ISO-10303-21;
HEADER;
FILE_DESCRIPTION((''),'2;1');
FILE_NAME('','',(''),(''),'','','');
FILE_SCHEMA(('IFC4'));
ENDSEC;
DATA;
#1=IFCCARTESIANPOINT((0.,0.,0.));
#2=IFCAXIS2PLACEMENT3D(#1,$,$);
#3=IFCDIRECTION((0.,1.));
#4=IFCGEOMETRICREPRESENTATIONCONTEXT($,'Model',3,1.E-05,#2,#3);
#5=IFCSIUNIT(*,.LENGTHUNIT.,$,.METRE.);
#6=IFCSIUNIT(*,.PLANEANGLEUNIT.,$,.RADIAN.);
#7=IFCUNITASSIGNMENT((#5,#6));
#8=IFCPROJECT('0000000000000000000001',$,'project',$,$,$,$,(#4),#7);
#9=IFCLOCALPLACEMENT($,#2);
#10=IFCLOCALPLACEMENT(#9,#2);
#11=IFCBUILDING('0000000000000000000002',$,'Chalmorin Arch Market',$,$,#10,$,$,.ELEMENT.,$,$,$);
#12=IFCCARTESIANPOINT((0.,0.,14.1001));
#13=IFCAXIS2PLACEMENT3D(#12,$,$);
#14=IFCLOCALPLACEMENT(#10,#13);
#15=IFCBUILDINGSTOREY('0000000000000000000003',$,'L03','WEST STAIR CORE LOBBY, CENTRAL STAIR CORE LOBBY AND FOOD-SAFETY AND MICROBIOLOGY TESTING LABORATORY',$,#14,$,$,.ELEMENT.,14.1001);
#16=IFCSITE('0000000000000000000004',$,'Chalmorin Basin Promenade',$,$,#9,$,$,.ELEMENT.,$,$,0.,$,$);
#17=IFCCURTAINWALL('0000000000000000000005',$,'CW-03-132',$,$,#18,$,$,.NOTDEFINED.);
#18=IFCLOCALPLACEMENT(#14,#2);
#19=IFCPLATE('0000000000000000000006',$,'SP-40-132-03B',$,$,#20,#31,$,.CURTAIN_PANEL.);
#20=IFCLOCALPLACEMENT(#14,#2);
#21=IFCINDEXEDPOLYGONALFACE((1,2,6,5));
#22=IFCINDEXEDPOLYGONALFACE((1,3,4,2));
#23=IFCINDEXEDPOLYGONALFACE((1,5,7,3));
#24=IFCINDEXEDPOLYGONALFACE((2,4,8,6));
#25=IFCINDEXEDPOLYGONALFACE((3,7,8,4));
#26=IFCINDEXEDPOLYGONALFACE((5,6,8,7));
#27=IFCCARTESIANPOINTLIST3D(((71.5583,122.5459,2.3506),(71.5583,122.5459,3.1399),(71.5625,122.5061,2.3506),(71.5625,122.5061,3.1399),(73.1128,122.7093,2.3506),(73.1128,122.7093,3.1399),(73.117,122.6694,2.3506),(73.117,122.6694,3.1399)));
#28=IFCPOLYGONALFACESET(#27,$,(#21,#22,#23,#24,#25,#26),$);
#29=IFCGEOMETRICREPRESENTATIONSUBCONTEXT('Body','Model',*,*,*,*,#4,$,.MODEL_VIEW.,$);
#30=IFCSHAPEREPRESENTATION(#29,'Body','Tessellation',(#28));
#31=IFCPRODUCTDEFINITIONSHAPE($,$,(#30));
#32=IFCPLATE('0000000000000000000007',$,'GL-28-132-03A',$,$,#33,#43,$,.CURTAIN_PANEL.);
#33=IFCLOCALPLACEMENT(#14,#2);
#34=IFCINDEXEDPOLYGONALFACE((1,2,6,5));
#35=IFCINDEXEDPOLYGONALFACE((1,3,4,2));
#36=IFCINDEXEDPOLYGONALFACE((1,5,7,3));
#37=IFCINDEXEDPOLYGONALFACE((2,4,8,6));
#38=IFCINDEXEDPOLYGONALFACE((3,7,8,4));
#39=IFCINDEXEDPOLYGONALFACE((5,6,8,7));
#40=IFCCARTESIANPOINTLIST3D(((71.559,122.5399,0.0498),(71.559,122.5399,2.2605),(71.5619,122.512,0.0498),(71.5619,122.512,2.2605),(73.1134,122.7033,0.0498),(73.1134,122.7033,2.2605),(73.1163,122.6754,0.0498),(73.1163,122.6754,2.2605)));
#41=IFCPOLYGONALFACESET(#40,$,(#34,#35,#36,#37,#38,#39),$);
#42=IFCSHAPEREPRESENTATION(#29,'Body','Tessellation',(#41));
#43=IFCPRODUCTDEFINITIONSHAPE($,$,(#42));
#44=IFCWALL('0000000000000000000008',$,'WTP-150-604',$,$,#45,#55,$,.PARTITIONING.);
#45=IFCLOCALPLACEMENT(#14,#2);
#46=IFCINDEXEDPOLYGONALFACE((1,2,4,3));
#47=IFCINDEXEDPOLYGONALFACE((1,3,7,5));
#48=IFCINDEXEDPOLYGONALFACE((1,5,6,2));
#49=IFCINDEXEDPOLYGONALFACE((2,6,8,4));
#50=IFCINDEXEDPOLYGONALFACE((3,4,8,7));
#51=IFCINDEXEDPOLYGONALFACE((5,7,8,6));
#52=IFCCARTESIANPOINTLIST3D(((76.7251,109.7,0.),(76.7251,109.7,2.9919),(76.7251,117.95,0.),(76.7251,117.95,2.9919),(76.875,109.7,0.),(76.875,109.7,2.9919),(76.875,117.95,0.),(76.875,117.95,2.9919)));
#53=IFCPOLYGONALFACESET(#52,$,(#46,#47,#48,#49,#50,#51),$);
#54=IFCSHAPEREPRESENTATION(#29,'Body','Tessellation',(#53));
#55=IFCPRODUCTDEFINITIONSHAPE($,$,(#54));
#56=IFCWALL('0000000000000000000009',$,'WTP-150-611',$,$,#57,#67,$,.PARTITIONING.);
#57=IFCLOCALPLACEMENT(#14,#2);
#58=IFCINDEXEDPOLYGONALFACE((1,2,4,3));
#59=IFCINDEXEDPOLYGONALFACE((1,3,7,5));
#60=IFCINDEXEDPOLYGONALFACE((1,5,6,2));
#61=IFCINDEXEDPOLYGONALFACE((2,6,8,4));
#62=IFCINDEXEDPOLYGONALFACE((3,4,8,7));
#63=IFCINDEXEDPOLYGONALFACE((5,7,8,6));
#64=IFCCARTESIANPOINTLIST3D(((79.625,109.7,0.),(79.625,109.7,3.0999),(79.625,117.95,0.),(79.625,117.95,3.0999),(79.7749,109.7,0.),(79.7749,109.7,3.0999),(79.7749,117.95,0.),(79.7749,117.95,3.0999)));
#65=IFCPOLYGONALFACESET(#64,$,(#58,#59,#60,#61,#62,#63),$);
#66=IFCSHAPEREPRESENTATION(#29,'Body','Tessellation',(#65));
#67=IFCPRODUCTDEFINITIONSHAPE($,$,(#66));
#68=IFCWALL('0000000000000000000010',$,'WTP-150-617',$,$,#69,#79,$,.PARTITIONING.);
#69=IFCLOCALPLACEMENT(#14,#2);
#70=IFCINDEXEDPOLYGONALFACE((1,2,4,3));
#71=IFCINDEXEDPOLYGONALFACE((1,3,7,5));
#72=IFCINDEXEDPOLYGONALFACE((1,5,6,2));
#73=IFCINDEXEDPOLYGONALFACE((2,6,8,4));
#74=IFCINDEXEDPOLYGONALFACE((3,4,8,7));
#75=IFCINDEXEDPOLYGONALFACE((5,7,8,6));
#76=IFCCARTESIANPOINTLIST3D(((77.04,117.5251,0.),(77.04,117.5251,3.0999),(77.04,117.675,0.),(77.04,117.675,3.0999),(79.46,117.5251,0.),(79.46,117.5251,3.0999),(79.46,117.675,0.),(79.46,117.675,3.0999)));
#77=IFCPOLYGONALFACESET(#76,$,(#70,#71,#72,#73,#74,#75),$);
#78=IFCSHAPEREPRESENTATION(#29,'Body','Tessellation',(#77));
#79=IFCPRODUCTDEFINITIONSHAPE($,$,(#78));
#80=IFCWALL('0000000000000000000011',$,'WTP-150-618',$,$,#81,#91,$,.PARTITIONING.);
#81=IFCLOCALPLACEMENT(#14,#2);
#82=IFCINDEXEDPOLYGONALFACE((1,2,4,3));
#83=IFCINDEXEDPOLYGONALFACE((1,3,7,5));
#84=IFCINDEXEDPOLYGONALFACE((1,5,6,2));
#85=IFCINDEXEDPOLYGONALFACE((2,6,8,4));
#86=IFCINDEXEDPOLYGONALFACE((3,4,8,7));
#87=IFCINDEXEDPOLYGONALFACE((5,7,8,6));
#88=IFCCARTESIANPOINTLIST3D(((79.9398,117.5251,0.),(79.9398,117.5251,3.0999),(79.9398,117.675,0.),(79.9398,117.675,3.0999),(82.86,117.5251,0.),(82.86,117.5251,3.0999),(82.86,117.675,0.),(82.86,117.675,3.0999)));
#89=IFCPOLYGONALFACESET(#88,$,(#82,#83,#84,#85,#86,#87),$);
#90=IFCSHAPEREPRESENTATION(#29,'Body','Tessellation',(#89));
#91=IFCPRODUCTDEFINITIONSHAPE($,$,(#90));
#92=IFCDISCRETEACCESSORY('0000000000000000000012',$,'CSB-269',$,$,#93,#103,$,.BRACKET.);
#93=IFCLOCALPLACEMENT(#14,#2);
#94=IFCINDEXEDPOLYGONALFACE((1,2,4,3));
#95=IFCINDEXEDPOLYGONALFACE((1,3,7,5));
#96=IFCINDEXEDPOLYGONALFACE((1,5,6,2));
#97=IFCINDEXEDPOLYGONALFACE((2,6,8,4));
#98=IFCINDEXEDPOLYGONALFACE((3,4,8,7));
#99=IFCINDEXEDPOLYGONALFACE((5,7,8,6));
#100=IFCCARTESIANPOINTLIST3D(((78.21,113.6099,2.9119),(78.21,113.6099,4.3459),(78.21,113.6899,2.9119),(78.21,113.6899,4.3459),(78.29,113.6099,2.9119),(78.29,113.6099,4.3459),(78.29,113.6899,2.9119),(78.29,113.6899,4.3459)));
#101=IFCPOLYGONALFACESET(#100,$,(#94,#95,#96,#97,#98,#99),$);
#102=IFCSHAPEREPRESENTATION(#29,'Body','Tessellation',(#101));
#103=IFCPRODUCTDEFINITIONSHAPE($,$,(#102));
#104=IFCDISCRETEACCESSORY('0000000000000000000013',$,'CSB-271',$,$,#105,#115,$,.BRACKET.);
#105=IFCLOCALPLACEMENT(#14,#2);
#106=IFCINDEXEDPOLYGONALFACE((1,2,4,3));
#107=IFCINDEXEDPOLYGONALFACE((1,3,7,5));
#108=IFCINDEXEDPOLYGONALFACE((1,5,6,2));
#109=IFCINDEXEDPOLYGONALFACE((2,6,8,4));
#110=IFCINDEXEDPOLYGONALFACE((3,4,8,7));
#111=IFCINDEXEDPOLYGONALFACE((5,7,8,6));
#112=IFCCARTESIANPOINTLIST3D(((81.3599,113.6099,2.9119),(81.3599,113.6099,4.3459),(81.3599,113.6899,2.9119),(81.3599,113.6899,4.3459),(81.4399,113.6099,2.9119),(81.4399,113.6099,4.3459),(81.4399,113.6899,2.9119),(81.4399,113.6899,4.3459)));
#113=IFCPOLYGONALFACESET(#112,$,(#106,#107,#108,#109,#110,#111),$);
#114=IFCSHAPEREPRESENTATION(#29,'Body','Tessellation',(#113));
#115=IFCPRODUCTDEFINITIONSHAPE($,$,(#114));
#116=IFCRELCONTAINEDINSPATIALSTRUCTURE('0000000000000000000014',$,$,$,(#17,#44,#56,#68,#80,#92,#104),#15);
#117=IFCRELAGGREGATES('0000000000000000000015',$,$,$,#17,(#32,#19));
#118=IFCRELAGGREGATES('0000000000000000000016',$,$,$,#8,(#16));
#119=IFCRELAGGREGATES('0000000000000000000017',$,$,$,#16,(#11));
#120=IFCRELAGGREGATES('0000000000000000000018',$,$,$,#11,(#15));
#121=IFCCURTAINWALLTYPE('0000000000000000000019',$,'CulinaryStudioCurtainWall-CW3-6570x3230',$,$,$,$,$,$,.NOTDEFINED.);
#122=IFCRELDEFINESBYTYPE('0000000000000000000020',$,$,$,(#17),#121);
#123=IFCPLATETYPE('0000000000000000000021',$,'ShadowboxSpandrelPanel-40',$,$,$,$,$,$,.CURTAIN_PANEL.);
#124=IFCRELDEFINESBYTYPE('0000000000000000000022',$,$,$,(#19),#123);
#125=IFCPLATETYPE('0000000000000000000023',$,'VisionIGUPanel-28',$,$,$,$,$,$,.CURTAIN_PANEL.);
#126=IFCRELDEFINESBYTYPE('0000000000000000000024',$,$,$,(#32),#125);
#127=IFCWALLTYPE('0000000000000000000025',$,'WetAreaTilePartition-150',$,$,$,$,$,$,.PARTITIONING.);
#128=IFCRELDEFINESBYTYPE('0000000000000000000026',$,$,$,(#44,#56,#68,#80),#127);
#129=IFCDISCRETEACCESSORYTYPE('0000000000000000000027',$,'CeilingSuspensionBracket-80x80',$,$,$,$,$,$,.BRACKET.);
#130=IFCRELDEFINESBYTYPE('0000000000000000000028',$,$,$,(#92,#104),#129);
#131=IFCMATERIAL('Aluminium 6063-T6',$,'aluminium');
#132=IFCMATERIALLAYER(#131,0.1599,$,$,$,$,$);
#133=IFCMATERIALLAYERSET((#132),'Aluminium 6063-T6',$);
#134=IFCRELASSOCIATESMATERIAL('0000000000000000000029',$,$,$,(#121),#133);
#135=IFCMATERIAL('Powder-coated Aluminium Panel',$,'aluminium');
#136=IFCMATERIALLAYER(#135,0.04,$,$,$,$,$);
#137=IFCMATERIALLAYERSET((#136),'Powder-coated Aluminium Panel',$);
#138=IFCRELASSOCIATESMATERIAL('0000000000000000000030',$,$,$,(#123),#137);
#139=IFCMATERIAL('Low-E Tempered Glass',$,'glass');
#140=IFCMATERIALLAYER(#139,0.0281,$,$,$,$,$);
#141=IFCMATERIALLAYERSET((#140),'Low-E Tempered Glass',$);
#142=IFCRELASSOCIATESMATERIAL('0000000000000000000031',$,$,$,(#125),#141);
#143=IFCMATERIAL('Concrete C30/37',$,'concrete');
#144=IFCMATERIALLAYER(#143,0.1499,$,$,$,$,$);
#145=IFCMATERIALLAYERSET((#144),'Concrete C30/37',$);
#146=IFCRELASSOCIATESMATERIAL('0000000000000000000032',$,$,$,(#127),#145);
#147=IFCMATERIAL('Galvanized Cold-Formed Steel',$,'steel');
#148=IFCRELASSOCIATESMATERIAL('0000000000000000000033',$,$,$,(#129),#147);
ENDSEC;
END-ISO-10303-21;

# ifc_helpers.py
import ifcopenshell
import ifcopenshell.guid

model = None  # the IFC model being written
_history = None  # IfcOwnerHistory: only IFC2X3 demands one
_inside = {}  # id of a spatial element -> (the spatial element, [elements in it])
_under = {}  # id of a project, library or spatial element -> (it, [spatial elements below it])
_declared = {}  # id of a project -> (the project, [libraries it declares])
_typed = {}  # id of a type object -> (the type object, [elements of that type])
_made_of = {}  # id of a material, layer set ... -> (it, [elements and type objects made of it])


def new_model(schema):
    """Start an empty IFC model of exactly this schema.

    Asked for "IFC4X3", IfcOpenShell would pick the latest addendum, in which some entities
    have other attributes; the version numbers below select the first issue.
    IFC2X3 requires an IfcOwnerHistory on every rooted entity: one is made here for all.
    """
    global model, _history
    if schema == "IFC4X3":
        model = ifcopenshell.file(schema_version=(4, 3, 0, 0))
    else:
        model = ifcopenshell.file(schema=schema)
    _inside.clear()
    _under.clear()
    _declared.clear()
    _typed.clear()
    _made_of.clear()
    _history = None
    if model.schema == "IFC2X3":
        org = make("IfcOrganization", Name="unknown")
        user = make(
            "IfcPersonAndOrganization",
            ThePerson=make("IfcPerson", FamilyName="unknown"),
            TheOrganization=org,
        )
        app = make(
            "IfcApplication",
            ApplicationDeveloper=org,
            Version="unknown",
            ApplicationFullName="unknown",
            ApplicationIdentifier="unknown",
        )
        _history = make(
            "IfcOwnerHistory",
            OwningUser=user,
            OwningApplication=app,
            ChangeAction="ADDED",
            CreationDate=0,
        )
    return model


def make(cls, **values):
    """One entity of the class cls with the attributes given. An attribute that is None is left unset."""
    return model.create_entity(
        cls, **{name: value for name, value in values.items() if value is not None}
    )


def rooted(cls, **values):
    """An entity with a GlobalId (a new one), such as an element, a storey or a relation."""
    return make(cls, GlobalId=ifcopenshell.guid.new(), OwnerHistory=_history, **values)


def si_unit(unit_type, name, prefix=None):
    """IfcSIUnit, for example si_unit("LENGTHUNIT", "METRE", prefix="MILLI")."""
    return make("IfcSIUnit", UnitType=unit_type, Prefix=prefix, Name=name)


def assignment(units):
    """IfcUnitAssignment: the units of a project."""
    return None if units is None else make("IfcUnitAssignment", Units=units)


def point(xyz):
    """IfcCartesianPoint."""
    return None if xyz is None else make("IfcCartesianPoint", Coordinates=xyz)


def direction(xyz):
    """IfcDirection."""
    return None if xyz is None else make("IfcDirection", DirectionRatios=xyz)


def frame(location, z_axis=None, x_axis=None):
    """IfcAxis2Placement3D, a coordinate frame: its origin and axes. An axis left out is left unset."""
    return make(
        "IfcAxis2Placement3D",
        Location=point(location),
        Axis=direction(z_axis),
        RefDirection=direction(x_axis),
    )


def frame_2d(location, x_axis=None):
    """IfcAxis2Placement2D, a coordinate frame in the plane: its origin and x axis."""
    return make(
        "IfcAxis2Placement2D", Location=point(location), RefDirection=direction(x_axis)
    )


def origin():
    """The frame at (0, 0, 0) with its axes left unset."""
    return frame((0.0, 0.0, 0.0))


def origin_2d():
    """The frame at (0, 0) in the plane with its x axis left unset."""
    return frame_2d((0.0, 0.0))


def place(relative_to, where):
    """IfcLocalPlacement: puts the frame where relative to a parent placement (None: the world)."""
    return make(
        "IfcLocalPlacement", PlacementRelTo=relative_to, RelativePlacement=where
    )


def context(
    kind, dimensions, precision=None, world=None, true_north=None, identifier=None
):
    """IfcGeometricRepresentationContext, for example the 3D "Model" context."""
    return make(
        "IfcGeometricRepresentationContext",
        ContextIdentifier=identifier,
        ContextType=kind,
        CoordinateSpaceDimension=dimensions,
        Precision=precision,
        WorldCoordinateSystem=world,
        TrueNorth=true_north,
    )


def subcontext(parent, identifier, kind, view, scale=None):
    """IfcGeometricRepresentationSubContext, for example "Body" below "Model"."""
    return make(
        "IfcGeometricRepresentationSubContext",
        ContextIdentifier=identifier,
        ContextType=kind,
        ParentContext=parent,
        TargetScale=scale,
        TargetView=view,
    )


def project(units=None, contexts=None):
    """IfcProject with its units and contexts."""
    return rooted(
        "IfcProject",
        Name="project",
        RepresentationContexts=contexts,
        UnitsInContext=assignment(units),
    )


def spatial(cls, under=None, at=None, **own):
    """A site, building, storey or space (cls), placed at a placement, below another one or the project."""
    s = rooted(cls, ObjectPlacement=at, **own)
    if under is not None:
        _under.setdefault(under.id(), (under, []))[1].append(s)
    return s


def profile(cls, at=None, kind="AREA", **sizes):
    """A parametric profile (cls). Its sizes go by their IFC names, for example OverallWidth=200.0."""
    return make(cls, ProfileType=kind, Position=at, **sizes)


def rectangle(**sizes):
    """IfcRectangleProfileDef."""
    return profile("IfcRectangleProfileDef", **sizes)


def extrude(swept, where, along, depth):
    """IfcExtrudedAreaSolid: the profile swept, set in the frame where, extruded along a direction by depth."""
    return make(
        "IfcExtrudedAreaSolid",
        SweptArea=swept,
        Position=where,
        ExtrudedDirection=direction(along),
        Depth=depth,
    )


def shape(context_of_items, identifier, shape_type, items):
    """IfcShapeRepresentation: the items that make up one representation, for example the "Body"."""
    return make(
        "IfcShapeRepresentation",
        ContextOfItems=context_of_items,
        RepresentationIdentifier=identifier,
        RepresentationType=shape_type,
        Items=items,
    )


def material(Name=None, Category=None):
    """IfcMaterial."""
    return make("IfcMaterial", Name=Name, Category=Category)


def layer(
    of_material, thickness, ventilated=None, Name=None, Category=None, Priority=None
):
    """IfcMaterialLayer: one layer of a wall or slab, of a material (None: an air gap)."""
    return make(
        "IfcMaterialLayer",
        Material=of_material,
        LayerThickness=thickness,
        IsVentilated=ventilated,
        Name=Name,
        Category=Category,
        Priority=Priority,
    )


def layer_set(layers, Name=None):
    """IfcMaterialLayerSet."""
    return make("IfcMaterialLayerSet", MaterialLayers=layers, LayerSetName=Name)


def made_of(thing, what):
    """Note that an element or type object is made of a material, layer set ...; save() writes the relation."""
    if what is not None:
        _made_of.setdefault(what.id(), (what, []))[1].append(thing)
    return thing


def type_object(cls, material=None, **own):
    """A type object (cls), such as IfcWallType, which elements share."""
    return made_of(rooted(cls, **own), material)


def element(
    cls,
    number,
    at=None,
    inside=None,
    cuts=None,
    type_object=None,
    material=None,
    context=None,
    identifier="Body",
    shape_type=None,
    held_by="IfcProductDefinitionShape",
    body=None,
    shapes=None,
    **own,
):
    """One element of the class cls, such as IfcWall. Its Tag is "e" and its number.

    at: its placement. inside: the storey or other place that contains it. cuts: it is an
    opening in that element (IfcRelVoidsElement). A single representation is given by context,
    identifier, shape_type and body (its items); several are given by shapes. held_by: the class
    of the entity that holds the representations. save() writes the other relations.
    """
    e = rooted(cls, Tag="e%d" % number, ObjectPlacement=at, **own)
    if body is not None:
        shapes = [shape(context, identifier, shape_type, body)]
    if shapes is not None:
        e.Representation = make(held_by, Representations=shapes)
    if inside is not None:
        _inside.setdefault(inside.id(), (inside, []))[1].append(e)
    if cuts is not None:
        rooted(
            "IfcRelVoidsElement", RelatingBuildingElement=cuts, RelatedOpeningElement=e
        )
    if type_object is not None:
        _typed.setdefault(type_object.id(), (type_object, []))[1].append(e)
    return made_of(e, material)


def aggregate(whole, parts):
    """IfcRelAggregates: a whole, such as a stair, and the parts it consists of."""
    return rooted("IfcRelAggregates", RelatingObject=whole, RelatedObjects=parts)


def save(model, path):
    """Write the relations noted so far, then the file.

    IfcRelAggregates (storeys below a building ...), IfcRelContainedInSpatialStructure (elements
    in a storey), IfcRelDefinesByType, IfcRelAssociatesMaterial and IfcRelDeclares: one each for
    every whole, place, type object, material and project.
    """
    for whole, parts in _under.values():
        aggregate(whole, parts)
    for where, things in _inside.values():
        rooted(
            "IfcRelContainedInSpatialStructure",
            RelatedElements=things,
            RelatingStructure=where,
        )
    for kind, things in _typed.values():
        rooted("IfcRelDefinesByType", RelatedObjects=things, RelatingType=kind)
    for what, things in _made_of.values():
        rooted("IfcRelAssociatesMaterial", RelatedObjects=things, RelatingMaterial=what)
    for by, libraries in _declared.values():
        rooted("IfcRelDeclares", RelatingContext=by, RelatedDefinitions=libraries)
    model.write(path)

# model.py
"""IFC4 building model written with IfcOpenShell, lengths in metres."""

from ifc_helpers import new_model, si_unit, direction, frame, frame_2d, origin, origin_2d, place, context, subcontext, project, spatial, rectangle, extrude, material, layer, layer_set, type_object, element, aggregate, save


model = new_model("IFC4")

# Units and contexts
model_context = context("Model", 3, precision=1e-05, world=origin(), true_north=direction((0.0, 1.0)))
body_context = subcontext(model_context, "Body", "Model", "MODEL_VIEW")
ifc_project = project(units=[si_unit("LENGTHUNIT", "METRE"), si_unit("PLANEANGLEUNIT", "RADIAN")], contexts=[model_context])

# Site, building, storey
site_placement = place(None, origin())
site = spatial("IfcSite", under=ifc_project, at=site_placement, Name="Chalmorin Basin Promenade", CompositionType="ELEMENT", RefElevation=0.0)
building_placement = place(site_placement, origin())
building = spatial("IfcBuilding", under=site, at=building_placement, Name="Chalmorin Arch Market", CompositionType="ELEMENT")
storey_placement = place(building_placement, frame((0.0, 0.0, 14.1001)))
storey = spatial("IfcBuildingStorey", under=building, at=storey_placement, Name="L03", Description="WEST STAIR CORE LOBBY, CENTRAL STAIR CORE LOBBY AND FOOD-SAFETY AND MICROBIOLOGY TESTING LABORATORY", CompositionType="ELEMENT", Elevation=14.1001)

# Curtain wall
ifc_material_1 = material(Name="Aluminium 6063-T6", Category="aluminium")
ifc_layer_1 = layer(ifc_material_1, 0.1599)
ifc_layer_set_1 = layer_set([ifc_layer_1], Name="Aluminium 6063-T6")
curtain_wall_type = type_object("IfcCurtainWallType", Name="CulinaryStudioCurtainWall-CW3-6570x3230", PredefinedType="NOTDEFINED", material=ifc_layer_set_1)
curtain_wall_placement = place(storey_placement, origin())
curtain_wall = element("IfcCurtainWall", 1, at=curtain_wall_placement, inside=storey, type_object=curtain_wall_type, Name="CW-03-132", PredefinedType="NOTDEFINED")

# Plates
ifc_material_2 = material(Name="Powder-coated Aluminium Panel", Category="aluminium")
ifc_layer_2 = layer(ifc_material_2, 0.04)
ifc_layer_set_2 = layer_set([ifc_layer_2], Name="Powder-coated Aluminium Panel")
plate_type_1 = type_object("IfcPlateType", Name="ShadowboxSpandrelPanel-40", PredefinedType="CURTAIN_PANEL", material=ifc_layer_set_2)
plate_1_placement = place(storey_placement, frame((72.3376, 122.6077, 2.3506), z_axis=(0.0, 0.0, 1.0), x_axis=(0.994522, 0.104528, 0.0)))
plate_1 = element("IfcPlate", 2, at=plate_1_placement, type_object=plate_type_1, Name="SP-40-132-03B", PredefinedType="CURTAIN_PANEL", context=body_context, shape_type="SweptSolid", body=[
    extrude(rectangle(XDim=1.563, YDim=0.04, at=origin_2d()), origin(), (0.0, 0.0, 1.0), 0.7893),
])
ifc_material_3 = material(Name="Low-E Tempered Glass", Category="glass")
ifc_layer_3 = layer(ifc_material_3, 0.0281)
ifc_layer_set_3 = layer_set([ifc_layer_3], Name="Low-E Tempered Glass")
plate_type_2 = type_object("IfcPlateType", Name="VisionIGUPanel-28", PredefinedType="CURTAIN_PANEL", material=ifc_layer_set_3)
plate_2_placement = place(storey_placement, frame((72.3376, 122.6077, 0.0498), z_axis=(0.0, 0.0, 1.0), x_axis=(0.994522, 0.104528, 0.0)))
plate_2 = element("IfcPlate", 3, at=plate_2_placement, type_object=plate_type_2, Name="GL-28-132-03A", PredefinedType="CURTAIN_PANEL", context=body_context, shape_type="SweptSolid", body=[
    extrude(rectangle(XDim=1.563, YDim=0.0281, at=origin_2d()), origin(), (0.0, 0.0, 1.0), 2.2107),
])
aggregate(curtain_wall, [plate_2, plate_1])

# Wall
ifc_material_4 = material(Name="Concrete C30/37", Category="concrete")
ifc_layer_4 = layer(ifc_material_4, 0.1499)
ifc_layer_set_4 = layer_set([ifc_layer_4], Name="Concrete C30/37")
wall_type = type_object("IfcWallType", Name="WetAreaTilePartition-150", PredefinedType="PARTITIONING", material=ifc_layer_set_4)
wall_1_placement = place(storey_placement, frame((76.8, 109.7, 0.0), z_axis=(0.0, 0.0, 1.0), x_axis=(0.0, 1.0, 0.0)))
element("IfcWall", 4, at=wall_1_placement, inside=storey, type_object=wall_type, Name="WTP-150-604", PredefinedType="PARTITIONING", context=body_context, shape_type="SweptSolid", body=[
    extrude(rectangle(XDim=8.25, YDim=0.1499, at=frame_2d((4.125, 0.0))), origin(), (0.0, 0.0, 1.0), 2.9919),
])

# Walls
wall_2_placement = place(storey_placement, frame((79.7, 109.7, 0.0), z_axis=(0.0, 0.0, 1.0), x_axis=(0.0, 1.0, 0.0)))
element("IfcWall", 5, at=wall_2_placement, inside=storey, type_object=wall_type, Name="WTP-150-611", PredefinedType="PARTITIONING", context=body_context, shape_type="SweptSolid", body=[
    extrude(rectangle(XDim=8.25, YDim=0.1499, at=frame_2d((4.125, 0.0))), origin(), (0.0, 0.0, 1.0), 3.0999),
])
wall_3_placement = place(storey_placement, frame((77.04, 117.6001, 0.0), z_axis=(0.0, 0.0, 1.0), x_axis=(1.0, 0.0, 0.0)))
element("IfcWall", 6, at=wall_3_placement, inside=storey, type_object=wall_type, Name="WTP-150-617", PredefinedType="PARTITIONING", context=body_context, shape_type="SweptSolid", body=[
    extrude(rectangle(XDim=2.4199, YDim=0.1499, at=frame_2d((1.21, 0.0))), origin(), (0.0, 0.0, 1.0), 3.0999),
])
wall_4_placement = place(storey_placement, frame((79.9399, 117.6001, 0.0), z_axis=(0.0, 0.0, 1.0), x_axis=(1.0, 0.0, 0.0)))
element("IfcWall", 7, at=wall_4_placement, inside=storey, type_object=wall_type, Name="WTP-150-618", PredefinedType="PARTITIONING", context=body_context, shape_type="SweptSolid", body=[
    extrude(rectangle(XDim=2.9202, YDim=0.1499, at=frame_2d((1.46, 0.0))), origin(), (0.0, 0.0, 1.0), 3.0999),
])

# Discrete accessories
ifc_material_5 = material(Name="Galvanized Cold-Formed Steel", Category="steel")
discrete_accessory_type = type_object("IfcDiscreteAccessoryType", Name="CeilingSuspensionBracket-80x80", PredefinedType="BRACKET", material=ifc_material_5)
for number, where, z_axis, x_axis, name in (
    (8, (78.25, 113.6499, 2.9119), (0.0, 0.0, 1.0), (1.0, 0.0, 0.0), "CSB-269"),
    (9, (81.3999, 113.6499, 2.9119), (0.0, 0.0, 1.0), (1.0, 0.0, 0.0), "CSB-271"),
):
    element("IfcDiscreteAccessory", number, at=place(storey_placement, frame(where, z_axis=z_axis, x_axis=x_axis)), inside=storey, type_object=discrete_accessory_type, Name=name, PredefinedType="BRACKET", context=body_context, shape_type="SweptSolid", body=[
        extrude(rectangle(XDim=0.0801, YDim=0.0801, at=origin_2d()), origin(), (0.0, 0.0, 1.0), 1.4341),
    ])

save(model, "model.ifc")
